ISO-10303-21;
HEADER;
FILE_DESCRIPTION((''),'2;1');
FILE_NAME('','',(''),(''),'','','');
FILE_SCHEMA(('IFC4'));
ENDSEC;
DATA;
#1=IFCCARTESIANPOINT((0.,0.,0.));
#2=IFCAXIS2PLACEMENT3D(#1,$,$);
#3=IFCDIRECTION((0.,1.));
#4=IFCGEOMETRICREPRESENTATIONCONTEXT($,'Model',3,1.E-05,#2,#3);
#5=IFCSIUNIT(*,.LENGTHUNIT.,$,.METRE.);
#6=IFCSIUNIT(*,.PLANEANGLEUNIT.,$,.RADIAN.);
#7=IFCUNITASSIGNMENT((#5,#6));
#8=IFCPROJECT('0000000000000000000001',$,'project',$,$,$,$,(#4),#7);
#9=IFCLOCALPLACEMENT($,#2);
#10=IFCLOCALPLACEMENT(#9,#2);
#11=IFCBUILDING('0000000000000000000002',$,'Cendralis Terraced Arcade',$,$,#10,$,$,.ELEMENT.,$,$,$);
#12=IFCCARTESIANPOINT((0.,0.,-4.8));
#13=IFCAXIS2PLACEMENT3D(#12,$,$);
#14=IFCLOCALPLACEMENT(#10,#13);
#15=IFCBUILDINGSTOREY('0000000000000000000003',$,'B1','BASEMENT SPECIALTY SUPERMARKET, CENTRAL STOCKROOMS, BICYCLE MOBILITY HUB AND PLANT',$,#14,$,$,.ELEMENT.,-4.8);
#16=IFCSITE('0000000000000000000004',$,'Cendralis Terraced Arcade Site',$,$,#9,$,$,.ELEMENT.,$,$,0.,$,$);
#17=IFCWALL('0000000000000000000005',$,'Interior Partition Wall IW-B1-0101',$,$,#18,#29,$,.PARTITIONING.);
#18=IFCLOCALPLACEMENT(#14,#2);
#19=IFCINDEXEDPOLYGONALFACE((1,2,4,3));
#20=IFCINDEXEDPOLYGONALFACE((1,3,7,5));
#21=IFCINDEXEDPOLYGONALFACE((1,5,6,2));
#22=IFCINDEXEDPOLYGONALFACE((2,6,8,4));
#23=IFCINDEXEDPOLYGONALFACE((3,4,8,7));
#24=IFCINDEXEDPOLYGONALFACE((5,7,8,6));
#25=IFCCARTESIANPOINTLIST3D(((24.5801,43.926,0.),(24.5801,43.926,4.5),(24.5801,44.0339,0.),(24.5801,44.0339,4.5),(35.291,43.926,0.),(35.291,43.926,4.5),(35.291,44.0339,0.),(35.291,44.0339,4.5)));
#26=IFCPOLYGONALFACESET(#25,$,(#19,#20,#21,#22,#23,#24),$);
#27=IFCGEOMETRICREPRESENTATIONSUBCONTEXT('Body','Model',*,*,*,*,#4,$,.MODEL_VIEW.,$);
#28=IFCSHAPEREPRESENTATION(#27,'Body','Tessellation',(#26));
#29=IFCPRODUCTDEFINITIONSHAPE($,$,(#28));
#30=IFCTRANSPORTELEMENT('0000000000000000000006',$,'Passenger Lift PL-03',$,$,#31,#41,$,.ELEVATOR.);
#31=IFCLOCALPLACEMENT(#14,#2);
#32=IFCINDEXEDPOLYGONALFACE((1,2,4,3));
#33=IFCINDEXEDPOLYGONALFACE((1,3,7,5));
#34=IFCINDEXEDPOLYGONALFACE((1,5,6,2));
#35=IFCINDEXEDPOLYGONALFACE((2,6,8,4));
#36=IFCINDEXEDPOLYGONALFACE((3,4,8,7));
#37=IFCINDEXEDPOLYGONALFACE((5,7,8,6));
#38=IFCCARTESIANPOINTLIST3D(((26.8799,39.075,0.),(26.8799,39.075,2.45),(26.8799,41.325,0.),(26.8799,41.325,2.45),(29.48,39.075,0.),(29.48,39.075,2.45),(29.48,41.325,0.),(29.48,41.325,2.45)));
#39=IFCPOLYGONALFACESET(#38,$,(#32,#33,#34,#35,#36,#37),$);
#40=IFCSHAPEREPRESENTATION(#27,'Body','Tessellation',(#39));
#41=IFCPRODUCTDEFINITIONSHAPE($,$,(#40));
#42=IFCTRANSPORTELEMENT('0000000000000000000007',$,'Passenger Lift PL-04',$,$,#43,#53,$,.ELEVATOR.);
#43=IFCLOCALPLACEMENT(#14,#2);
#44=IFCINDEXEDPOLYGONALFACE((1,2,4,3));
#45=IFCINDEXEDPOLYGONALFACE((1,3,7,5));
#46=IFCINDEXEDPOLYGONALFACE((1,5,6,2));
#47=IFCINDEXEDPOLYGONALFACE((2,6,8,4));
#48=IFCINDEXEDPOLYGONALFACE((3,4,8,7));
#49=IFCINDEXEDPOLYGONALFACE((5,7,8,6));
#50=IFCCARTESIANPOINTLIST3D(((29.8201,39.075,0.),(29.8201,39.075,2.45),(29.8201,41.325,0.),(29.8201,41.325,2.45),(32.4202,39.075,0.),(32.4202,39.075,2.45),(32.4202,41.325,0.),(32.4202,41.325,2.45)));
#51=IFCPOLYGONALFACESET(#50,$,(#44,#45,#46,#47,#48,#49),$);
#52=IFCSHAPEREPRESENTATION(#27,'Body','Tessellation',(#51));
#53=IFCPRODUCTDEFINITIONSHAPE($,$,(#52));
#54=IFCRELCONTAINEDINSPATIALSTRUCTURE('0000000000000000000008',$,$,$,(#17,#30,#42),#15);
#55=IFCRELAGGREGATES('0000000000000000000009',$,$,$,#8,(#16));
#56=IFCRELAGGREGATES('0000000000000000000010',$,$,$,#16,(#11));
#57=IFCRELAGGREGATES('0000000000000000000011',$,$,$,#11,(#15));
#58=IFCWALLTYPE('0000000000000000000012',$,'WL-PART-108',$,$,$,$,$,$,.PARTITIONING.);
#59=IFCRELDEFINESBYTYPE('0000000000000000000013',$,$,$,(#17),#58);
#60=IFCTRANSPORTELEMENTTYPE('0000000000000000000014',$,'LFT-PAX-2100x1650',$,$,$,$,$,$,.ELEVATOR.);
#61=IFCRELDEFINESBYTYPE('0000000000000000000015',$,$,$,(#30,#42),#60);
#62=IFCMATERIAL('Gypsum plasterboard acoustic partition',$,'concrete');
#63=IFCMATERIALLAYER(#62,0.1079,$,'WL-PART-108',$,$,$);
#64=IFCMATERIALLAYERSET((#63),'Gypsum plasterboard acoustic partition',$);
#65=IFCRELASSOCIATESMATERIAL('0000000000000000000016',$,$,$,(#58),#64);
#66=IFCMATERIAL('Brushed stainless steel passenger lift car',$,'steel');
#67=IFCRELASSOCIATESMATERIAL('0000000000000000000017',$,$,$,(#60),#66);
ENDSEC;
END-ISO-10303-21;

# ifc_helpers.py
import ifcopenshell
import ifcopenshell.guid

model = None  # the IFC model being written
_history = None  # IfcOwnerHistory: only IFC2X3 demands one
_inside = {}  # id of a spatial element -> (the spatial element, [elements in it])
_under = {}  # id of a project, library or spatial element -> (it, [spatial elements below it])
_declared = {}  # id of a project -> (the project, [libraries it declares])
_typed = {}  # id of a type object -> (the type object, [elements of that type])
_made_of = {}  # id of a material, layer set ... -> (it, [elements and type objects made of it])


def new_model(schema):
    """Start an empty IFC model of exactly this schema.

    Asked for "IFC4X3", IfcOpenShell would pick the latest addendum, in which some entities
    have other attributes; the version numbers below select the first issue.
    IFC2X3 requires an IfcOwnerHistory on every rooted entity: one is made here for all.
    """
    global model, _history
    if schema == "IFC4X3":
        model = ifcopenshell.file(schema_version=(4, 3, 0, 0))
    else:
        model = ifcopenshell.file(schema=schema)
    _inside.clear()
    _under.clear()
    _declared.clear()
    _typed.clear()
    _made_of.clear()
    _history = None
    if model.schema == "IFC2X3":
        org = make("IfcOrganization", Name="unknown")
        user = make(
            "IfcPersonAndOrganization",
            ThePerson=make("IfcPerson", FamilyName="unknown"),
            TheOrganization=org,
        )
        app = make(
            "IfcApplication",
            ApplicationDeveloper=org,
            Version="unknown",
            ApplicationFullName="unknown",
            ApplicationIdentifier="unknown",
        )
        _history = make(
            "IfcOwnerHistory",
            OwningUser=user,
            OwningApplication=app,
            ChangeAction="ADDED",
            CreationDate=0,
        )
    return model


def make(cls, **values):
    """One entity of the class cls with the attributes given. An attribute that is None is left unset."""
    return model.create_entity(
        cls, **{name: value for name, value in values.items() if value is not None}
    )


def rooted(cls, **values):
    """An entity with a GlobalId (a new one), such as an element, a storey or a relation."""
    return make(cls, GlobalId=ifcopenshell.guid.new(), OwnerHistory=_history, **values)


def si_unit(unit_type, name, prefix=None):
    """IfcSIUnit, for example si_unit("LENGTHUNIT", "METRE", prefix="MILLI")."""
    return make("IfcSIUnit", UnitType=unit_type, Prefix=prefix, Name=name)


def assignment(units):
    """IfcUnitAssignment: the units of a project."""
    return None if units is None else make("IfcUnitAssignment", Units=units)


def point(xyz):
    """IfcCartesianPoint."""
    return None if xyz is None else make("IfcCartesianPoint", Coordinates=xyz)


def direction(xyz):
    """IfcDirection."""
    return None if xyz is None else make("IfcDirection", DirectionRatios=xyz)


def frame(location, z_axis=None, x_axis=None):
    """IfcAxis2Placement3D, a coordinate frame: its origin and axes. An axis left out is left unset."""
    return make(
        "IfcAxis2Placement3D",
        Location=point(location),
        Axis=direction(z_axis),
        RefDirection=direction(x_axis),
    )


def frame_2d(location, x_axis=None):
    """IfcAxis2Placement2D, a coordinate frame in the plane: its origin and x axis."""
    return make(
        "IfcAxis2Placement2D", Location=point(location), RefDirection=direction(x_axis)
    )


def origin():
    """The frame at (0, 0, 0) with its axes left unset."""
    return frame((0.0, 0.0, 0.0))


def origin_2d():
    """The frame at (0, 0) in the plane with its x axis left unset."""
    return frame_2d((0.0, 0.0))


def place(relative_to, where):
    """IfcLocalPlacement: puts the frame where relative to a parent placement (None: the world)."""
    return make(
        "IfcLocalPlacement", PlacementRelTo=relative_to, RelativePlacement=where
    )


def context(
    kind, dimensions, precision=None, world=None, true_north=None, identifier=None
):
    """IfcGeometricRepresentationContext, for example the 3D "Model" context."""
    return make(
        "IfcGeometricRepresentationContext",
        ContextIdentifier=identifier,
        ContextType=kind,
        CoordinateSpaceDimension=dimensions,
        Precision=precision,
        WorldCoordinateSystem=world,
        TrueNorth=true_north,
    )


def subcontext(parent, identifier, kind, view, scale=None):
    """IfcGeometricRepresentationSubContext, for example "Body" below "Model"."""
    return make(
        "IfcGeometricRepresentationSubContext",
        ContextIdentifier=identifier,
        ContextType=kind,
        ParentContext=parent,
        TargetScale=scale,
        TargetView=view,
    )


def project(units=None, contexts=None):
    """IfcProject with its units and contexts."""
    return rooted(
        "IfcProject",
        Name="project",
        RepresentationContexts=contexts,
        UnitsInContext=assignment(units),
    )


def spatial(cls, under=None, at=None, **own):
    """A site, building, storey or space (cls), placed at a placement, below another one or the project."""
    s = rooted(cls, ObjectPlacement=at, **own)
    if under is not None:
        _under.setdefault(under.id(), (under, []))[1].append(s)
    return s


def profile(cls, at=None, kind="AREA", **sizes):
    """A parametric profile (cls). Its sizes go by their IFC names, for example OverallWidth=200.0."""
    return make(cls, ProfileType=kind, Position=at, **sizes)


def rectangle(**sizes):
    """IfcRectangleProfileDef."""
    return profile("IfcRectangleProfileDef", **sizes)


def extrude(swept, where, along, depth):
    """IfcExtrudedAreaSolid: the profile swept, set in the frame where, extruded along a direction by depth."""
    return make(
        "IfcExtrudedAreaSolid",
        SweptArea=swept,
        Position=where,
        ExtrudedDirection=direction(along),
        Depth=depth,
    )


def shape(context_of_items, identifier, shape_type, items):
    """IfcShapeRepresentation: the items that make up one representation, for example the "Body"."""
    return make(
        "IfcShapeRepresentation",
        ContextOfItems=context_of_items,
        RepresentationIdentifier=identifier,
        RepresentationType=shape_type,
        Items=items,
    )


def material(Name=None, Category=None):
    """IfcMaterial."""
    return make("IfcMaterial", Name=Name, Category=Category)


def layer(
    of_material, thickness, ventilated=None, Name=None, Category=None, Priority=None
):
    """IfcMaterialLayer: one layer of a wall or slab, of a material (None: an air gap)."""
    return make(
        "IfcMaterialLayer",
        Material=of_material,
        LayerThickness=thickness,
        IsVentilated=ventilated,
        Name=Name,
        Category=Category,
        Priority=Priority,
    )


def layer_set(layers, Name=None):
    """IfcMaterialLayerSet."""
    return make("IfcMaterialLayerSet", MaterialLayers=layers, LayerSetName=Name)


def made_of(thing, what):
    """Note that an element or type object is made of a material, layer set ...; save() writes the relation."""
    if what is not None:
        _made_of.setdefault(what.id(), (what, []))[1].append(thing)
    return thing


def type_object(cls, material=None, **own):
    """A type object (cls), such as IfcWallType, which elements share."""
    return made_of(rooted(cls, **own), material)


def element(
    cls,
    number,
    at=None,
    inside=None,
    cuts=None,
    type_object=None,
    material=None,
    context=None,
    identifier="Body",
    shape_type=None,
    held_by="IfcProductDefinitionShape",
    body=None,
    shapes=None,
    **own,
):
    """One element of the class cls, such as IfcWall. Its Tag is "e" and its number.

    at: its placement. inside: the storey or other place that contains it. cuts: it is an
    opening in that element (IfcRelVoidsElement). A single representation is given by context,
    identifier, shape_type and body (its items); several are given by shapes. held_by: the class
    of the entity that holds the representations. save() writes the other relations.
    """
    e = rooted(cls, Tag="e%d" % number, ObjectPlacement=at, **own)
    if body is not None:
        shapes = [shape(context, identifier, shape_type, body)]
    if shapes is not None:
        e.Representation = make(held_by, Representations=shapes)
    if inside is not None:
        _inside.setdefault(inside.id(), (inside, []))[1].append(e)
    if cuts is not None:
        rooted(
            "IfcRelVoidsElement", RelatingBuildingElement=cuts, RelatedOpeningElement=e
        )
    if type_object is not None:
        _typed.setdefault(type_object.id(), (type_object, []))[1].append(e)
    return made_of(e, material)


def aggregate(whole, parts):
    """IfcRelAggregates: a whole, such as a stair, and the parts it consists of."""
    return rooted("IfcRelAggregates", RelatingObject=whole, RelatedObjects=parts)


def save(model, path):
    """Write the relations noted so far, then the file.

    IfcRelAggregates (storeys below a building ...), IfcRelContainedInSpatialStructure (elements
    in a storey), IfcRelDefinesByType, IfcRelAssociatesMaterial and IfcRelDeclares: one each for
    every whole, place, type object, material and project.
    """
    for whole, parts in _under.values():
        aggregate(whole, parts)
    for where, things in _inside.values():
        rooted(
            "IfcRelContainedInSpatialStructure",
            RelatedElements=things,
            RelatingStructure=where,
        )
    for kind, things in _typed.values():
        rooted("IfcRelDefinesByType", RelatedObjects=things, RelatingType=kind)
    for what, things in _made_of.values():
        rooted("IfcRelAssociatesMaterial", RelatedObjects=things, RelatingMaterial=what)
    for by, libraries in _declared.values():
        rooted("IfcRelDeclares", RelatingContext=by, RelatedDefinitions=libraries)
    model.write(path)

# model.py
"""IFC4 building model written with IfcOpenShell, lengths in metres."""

from ifc_helpers import new_model, si_unit, direction, frame, frame_2d, origin, origin_2d, place, context, subcontext, project, spatial, rectangle, extrude, material, layer, layer_set, type_object, element, save


model = new_model("IFC4")

# Units and contexts
model_context = context("Model", 3, precision=1e-05, world=origin(), true_north=direction((0.0, 1.0)))
body_context = subcontext(model_context, "Body", "Model", "MODEL_VIEW")
ifc_project = project(units=[si_unit("LENGTHUNIT", "METRE"), si_unit("PLANEANGLEUNIT", "RADIAN")], contexts=[model_context])

# Site, building, storey
site_placement = place(None, origin())
site = spatial("IfcSite", under=ifc_project, at=site_placement, Name="Cendralis Terraced Arcade Site", CompositionType="ELEMENT", RefElevation=0.0)
building_placement = place(site_placement, origin())
building = spatial("IfcBuilding", under=site, at=building_placement, Name="Cendralis Terraced Arcade", CompositionType="ELEMENT")
storey_placement = place(building_placement, frame((0.0, 0.0, -4.8)))
storey = spatial("IfcBuildingStorey", under=building, at=storey_placement, Name="B1", Description="BASEMENT SPECIALTY SUPERMARKET, CENTRAL STOCKROOMS, BICYCLE MOBILITY HUB AND PLANT", CompositionType="ELEMENT", Elevation=-4.8)

# Wall
ifc_material_1 = material(Name="Gypsum plasterboard acoustic partition", Category="concrete")
ifc_layer_1 = layer(ifc_material_1, 0.1079, Name="WL-PART-108")
ifc_layer_set_1 = layer_set([ifc_layer_1], Name="Gypsum plasterboard acoustic partition")
wall_type_1 = type_object("IfcWallType", Name="WL-PART-108", PredefinedType="PARTITIONING", material=ifc_layer_set_1)
wall_placement = place(storey_placement, frame((35.291, 43.98, 0.0), z_axis=(0.0, 0.0, 1.0), x_axis=(-1.0, 0.0, 0.0)))
element("IfcWall", 1, at=wall_placement, inside=storey, type_object=wall_type_1, Name="Interior Partition Wall IW-B1-0101", PredefinedType="PARTITIONING", context=body_context, shape_type="SweptSolid", body=[
    extrude(rectangle(XDim=10.7109, YDim=0.1079, at=frame_2d((5.3555, 0.0))), origin(), (0.0, 0.0, 1.0), 4.5),
])

# Transport elements
ifc_material_2 = material(Name="Brushed stainless steel passenger lift car", Category="steel")
transport_element_type = type_object("IfcTransportElementType", Name="LFT-PAX-2100x1650", PredefinedType="ELEVATOR", material=ifc_material_2)
for number, where, z_axis, x_axis, name in (
    (2, (28.1799, 40.2, 0.0), (0.0, 0.0, 1.0), (1.0, 0.0, 0.0), "Passenger Lift PL-03"),
    (3, (31.1201, 40.2, 0.0), (0.0, 0.0, 1.0), (1.0, 0.0, 0.0), "Passenger Lift PL-04"),
):
    element("IfcTransportElement", number, at=place(storey_placement, frame(where, z_axis=z_axis, x_axis=x_axis)), inside=storey, type_object=transport_element_type, Name=name, PredefinedType="ELEVATOR", context=body_context, shape_type="SweptSolid", body=[
        extrude(rectangle(XDim=2.6001, YDim=2.25, at=origin_2d()), origin(), (0.0, 0.0, 1.0), 2.45),
    ])

save(model, "model.ifc")
